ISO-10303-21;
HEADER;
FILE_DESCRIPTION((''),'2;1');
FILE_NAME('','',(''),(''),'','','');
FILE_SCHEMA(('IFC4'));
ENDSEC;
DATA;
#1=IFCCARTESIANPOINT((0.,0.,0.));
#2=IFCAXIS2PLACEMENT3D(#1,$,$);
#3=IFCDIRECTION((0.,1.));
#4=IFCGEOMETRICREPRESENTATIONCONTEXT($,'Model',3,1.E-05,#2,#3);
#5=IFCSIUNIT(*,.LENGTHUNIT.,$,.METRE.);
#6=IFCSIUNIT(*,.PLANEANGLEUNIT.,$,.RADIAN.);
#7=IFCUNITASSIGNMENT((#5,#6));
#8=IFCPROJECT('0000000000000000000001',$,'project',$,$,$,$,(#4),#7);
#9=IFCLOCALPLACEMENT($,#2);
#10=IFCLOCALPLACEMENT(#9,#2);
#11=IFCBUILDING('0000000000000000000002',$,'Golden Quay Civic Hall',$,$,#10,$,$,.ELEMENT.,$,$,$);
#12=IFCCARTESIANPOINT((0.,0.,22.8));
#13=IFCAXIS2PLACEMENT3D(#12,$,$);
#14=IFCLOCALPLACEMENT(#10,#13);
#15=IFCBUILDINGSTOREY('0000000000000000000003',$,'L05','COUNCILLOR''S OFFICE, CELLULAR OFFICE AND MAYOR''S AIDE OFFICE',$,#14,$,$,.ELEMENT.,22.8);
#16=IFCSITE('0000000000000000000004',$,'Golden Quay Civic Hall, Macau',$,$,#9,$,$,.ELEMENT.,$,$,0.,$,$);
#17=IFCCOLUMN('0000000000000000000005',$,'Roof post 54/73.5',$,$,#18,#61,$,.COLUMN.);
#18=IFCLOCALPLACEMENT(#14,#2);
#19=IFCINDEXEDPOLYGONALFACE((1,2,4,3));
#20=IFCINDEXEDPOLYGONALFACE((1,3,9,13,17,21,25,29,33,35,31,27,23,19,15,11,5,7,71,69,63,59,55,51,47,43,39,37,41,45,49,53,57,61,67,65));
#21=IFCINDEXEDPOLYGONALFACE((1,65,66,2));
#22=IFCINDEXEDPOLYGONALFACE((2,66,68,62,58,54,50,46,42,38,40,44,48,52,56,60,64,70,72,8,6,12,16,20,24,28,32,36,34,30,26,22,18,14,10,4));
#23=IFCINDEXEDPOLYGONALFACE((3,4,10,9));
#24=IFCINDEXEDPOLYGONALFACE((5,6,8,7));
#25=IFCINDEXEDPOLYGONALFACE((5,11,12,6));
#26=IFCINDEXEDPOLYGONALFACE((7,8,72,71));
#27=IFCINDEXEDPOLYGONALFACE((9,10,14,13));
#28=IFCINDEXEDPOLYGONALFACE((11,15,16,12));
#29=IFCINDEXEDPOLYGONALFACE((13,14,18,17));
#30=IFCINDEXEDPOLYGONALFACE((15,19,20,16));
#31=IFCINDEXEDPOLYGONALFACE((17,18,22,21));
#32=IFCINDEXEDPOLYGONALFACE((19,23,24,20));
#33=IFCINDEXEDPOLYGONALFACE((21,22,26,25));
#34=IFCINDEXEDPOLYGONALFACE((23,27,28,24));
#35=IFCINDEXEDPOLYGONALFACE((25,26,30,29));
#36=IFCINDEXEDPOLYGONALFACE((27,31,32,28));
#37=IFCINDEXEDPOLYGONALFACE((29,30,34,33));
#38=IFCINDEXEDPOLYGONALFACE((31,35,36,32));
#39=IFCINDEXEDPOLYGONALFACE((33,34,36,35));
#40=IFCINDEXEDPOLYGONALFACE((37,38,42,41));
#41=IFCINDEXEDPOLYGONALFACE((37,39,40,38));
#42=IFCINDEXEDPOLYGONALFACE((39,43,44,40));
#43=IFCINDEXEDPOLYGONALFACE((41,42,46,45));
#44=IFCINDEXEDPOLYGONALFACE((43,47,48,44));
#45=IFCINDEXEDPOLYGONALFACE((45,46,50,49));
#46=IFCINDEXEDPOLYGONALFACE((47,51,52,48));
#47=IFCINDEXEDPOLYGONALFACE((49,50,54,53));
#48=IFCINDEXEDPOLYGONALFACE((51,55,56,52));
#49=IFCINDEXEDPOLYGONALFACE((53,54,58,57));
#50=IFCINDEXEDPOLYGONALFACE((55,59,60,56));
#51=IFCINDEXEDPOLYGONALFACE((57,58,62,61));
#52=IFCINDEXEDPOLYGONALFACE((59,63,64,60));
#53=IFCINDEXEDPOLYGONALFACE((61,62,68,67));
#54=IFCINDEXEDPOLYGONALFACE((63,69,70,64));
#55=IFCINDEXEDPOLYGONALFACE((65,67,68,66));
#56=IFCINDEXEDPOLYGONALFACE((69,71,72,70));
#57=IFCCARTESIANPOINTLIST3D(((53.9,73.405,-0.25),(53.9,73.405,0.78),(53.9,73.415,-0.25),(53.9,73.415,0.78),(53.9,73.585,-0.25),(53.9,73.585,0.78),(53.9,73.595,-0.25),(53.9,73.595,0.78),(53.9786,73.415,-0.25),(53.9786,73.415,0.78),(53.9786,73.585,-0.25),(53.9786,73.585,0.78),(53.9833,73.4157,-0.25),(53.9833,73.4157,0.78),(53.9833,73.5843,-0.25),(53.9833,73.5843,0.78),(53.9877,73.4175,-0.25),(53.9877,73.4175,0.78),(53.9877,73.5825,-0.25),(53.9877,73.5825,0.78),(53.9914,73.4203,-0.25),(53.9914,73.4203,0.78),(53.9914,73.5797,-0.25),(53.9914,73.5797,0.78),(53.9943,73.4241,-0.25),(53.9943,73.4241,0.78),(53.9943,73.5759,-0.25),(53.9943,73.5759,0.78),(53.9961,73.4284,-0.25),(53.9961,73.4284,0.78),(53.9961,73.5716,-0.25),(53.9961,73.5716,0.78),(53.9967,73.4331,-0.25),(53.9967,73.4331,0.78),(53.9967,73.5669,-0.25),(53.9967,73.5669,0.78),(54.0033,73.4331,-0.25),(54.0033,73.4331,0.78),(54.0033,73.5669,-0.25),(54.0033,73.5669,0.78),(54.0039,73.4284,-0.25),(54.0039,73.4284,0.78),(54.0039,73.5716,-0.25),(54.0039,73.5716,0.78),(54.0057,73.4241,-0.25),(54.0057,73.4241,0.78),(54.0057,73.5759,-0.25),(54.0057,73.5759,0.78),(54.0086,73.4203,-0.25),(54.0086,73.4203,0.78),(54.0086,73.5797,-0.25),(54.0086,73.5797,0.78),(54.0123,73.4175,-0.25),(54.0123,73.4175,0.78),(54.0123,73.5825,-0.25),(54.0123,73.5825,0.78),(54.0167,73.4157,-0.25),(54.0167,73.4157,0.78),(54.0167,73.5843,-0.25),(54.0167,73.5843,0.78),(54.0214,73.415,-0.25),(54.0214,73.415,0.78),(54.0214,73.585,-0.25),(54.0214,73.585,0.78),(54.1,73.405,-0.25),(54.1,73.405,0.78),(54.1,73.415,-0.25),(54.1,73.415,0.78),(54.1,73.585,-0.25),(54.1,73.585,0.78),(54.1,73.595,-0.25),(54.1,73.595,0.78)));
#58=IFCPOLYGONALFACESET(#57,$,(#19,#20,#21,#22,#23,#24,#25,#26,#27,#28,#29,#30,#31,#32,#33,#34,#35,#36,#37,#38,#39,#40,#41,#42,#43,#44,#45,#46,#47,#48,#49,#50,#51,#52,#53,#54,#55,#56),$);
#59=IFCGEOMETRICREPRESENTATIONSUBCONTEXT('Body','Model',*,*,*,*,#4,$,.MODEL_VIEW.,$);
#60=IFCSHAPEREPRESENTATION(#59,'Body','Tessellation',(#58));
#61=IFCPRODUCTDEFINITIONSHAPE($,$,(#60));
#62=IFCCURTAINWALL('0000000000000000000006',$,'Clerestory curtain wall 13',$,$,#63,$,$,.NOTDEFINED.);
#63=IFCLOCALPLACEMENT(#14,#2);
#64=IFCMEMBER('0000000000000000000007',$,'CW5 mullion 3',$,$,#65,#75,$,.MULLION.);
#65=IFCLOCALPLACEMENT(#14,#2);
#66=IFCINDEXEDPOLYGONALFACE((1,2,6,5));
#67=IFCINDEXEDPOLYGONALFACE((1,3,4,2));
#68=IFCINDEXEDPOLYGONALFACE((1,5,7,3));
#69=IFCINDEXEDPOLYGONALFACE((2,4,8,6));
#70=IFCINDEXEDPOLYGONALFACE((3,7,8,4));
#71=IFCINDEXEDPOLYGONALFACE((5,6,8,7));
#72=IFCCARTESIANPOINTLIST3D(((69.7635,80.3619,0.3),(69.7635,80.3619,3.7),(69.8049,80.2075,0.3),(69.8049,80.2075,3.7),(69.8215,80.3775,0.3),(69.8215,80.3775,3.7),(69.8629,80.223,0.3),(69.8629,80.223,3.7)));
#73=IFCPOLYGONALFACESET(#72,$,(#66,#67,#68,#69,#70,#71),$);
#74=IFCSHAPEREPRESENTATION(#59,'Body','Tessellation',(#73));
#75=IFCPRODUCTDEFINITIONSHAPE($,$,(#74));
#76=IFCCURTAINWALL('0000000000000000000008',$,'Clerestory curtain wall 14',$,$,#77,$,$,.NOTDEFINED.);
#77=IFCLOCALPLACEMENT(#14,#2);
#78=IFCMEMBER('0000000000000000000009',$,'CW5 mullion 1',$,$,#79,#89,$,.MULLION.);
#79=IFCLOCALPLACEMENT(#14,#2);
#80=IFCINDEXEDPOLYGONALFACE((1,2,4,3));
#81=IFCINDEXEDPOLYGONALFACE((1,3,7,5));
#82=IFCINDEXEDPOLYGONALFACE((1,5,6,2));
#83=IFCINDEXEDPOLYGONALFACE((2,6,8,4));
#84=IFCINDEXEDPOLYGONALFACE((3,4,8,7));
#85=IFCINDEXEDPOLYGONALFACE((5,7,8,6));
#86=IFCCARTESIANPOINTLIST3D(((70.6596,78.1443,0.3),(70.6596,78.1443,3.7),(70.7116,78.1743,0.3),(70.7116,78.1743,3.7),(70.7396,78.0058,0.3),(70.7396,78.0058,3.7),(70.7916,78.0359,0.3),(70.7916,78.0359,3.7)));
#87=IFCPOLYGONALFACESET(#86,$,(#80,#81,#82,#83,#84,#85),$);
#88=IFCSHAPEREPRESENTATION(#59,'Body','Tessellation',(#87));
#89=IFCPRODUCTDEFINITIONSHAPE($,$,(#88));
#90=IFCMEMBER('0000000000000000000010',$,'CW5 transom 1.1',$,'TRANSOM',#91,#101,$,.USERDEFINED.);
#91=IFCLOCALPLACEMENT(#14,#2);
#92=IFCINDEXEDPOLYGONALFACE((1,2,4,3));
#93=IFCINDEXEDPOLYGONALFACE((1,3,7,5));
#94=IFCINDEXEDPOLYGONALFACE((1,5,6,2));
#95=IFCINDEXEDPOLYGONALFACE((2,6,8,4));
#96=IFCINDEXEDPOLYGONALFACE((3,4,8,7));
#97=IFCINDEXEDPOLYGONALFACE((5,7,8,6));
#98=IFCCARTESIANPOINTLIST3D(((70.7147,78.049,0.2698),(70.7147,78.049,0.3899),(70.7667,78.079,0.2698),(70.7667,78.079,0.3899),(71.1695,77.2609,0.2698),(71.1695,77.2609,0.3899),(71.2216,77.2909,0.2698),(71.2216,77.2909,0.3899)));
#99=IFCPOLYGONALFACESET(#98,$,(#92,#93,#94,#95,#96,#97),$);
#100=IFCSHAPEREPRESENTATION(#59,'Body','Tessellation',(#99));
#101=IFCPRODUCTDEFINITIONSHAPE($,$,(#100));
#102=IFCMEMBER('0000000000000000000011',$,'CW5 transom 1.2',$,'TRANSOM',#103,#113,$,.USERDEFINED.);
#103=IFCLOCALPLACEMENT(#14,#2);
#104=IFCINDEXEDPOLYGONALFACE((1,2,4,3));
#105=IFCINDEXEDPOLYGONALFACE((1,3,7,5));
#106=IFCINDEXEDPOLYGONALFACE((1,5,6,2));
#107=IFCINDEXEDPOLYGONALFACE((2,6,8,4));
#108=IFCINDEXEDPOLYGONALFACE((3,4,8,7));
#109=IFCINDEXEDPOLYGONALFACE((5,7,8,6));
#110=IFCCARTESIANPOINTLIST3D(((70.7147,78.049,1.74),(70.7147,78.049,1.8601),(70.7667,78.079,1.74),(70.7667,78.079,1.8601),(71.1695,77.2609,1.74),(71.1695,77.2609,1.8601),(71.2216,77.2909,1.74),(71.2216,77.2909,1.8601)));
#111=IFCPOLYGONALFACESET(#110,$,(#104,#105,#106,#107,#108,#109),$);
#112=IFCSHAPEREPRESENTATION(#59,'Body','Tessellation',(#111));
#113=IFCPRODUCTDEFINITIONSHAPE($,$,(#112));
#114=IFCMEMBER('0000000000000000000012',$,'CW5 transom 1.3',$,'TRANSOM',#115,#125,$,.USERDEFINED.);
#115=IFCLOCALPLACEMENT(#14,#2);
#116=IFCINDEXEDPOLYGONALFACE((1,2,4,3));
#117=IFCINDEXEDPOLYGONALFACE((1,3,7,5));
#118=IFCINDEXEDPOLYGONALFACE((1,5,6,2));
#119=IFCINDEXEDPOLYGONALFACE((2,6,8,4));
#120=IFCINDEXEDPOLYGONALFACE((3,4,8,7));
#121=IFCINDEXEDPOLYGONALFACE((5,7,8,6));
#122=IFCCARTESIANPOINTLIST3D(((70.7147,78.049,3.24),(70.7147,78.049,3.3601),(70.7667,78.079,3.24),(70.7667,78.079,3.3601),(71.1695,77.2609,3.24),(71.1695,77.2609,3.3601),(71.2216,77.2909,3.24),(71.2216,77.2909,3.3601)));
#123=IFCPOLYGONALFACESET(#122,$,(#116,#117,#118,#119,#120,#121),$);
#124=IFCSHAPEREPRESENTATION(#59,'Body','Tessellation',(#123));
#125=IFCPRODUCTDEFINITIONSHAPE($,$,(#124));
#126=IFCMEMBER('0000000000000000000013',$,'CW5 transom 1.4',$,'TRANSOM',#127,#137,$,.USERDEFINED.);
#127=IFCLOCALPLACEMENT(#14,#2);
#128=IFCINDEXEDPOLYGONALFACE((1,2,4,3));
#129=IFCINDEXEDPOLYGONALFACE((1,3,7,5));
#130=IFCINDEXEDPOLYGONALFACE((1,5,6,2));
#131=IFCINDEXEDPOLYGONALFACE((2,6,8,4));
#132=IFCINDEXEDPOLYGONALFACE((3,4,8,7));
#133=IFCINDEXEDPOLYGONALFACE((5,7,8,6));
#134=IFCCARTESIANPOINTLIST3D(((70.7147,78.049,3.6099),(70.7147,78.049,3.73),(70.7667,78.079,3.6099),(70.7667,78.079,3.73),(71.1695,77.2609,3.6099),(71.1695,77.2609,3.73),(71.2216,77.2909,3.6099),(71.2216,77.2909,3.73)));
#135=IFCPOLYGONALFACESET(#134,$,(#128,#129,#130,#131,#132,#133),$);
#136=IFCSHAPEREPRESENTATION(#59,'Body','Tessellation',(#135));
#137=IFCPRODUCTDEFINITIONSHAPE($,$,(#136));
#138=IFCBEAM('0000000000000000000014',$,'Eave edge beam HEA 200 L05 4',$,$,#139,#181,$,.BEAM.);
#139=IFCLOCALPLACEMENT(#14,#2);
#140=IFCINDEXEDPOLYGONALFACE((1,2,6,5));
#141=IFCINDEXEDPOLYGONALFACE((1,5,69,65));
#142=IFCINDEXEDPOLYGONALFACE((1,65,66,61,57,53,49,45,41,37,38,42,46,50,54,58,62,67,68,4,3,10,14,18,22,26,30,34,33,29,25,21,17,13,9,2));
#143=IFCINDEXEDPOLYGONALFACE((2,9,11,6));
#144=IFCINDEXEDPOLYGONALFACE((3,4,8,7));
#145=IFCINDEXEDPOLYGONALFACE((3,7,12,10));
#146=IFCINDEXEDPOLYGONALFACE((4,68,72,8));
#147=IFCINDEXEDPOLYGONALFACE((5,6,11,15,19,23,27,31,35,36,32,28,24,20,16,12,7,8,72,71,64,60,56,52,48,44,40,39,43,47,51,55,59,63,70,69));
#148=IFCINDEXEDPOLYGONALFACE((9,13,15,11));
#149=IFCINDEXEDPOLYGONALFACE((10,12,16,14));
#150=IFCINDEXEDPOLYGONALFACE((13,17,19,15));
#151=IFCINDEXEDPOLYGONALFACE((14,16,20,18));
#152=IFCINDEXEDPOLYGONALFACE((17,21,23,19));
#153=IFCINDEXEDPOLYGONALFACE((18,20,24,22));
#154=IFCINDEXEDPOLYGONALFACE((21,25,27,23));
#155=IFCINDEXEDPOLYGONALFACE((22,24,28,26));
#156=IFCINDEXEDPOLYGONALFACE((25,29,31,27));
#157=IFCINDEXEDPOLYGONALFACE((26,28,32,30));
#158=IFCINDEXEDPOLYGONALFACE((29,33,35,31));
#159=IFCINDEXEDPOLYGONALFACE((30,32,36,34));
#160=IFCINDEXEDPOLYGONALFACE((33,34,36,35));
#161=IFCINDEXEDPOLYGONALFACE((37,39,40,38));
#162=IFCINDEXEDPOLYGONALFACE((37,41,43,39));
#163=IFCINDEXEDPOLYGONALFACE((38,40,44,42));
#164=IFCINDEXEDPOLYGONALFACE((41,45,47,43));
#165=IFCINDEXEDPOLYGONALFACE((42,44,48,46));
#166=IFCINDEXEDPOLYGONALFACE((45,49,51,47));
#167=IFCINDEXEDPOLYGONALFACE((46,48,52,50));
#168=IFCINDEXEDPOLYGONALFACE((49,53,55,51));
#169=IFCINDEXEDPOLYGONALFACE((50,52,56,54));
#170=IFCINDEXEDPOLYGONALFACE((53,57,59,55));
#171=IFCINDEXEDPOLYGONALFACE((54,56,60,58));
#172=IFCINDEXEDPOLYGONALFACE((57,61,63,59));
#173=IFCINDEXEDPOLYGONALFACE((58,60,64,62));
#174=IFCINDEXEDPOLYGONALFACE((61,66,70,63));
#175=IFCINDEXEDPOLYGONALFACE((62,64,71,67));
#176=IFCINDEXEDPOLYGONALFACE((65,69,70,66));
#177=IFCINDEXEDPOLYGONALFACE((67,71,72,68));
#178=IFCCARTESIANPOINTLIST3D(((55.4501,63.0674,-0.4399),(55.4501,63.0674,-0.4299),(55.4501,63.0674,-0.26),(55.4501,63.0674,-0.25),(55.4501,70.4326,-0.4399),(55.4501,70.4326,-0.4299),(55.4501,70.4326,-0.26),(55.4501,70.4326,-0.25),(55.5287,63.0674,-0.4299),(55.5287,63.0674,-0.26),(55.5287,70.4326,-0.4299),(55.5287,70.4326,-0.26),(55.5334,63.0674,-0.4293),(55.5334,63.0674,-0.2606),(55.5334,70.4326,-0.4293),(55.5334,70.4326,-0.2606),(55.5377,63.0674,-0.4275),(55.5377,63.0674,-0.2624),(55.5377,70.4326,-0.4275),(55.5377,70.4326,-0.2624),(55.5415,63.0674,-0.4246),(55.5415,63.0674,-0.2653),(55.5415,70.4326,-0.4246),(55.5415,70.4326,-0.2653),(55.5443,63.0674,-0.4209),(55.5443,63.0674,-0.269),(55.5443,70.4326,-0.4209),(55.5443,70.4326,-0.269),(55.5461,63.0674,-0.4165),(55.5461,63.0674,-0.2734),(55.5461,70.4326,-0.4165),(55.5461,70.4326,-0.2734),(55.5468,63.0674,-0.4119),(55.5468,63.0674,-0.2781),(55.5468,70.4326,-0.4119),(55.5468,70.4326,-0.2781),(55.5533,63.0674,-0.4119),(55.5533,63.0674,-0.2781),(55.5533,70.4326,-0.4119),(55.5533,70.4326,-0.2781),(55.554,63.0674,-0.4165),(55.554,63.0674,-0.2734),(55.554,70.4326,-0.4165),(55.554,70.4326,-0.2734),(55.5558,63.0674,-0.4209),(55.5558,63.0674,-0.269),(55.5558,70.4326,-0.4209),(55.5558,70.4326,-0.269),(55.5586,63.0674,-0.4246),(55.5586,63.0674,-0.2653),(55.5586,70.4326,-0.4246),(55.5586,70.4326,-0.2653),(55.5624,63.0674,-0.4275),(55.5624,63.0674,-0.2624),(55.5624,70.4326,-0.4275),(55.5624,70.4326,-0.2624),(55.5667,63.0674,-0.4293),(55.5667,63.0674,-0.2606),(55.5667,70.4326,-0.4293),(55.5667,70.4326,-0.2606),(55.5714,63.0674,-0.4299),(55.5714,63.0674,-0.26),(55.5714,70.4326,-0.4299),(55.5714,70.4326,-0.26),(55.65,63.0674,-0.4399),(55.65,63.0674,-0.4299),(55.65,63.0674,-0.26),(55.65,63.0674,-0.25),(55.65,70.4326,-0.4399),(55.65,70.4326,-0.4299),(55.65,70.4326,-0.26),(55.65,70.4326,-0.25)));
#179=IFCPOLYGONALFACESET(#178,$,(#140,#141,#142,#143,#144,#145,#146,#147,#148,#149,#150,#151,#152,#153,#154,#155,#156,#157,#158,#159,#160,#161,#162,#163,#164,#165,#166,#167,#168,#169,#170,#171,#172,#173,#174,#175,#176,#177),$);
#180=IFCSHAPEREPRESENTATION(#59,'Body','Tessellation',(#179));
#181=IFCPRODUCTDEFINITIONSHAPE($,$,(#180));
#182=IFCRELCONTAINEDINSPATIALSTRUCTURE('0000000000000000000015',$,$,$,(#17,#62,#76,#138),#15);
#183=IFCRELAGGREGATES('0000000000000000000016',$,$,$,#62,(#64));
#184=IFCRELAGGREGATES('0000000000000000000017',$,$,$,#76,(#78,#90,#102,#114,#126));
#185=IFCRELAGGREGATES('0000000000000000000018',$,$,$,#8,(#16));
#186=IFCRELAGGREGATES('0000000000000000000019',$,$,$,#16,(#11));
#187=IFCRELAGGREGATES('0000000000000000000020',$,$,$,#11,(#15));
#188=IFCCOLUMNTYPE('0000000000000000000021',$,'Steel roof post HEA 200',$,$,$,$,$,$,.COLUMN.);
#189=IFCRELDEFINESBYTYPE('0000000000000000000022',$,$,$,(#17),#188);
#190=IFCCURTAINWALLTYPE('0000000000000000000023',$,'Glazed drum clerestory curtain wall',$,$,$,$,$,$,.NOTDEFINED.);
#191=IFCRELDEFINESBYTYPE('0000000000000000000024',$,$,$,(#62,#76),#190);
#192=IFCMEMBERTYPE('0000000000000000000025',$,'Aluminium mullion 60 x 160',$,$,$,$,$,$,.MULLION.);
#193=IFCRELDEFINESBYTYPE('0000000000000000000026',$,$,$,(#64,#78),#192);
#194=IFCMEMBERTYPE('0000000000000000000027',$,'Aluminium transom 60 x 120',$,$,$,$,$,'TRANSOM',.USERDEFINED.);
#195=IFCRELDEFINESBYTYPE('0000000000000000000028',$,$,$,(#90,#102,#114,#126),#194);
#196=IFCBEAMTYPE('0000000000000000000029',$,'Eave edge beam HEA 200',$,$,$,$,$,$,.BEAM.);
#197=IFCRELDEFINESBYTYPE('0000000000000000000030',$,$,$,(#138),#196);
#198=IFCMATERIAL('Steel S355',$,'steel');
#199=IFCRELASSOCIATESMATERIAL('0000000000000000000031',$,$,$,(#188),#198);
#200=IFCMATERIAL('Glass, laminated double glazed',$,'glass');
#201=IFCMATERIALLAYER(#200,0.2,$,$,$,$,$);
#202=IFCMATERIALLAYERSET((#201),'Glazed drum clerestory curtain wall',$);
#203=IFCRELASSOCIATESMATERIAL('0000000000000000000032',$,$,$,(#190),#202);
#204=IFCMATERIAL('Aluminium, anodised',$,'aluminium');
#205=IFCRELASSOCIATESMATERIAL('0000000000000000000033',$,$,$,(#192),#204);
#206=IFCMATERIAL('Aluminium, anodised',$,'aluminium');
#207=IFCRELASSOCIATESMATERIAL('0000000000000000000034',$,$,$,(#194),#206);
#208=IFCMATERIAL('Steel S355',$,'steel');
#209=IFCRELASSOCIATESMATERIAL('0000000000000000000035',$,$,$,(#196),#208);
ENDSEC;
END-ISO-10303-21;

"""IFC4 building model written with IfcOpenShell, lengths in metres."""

from ifc_helpers import new_model, si_unit, direction, frame, origin, origin_2d, place, context, subcontext, project, spatial, rectangle, i_section, extrude, material, layer, layer_set, material_profile, profile_set, type_object, element, aggregate, save


model = new_model("IFC4")

# Units and contexts
model_context = context("Model", 3, precision=1e-05, world=origin(), true_north=direction((0.0, 1.0)))
body_context = subcontext(model_context, "Body", "Model", "MODEL_VIEW")
ifc_project = project(units=[si_unit("LENGTHUNIT", "METRE"), si_unit("PLANEANGLEUNIT", "RADIAN")], contexts=[model_context])

# Site, building, storey
site_placement = place(None, origin())
site = spatial("IfcSite", under=ifc_project, at=site_placement, Name="Golden Quay Civic Hall, Macau", CompositionType="ELEMENT", RefElevation=0.0)
building_placement = place(site_placement, origin())
building = spatial("IfcBuilding", under=site, at=building_placement, Name="Golden Quay Civic Hall", CompositionType="ELEMENT")
storey_placement = place(building_placement, frame((0.0, 0.0, 22.8)))
storey = spatial("IfcBuildingStorey", under=building, at=storey_placement, Name="L05", Description="COUNCILLOR'S OFFICE, CELLULAR OFFICE AND MAYOR'S AIDE OFFICE", CompositionType="ELEMENT", Elevation=22.8)

# Column
ifc_material_1 = material(Name="Steel S355", Category="steel")
ifc_material_profile_1 = material_profile(ifc_material_1, i_section(OverallWidth=0.2, OverallDepth=0.1899, WebThickness=0.0066, FlangeThickness=0.01, FilletRadius=0.0181, at=origin_2d()), Name="HEA 200")
ifc_profile_set_1 = profile_set([ifc_material_profile_1], Name="Steel S355")
column_type = type_object("IfcColumnType", Name="Steel roof post HEA 200", PredefinedType="COLUMN", material=ifc_profile_set_1)
column_placement = place(storey_placement, frame((54.0, 73.5, -0.25), z_axis=(0.0, 0.0, 1.0), x_axis=(1.0, 0.0, 0.0)))
element("IfcColumn", 1, at=column_placement, inside=storey, type_object=column_type, Name="Roof post 54/73.5", PredefinedType="COLUMN", context=body_context, shape_type="SweptSolid", body=[
    extrude(i_section(OverallWidth=0.2, OverallDepth=0.1899, WebThickness=0.0066, FlangeThickness=0.01, FilletRadius=0.0181, at=origin_2d()), origin(), (0.0, 0.0, 1.0), 1.03),
])

# Curtain wall, member
ifc_material_2 = material(Name="Glass, laminated double glazed", Category="glass")
ifc_layer_1 = layer(ifc_material_2, 0.2)
ifc_layer_set_1 = layer_set([ifc_layer_1], Name="Glazed drum clerestory curtain wall")
curtain_wall_type = type_object("IfcCurtainWallType", Name="Glazed drum clerestory curtain wall", PredefinedType="NOTDEFINED", material=ifc_layer_set_1)
curtain_wall_1_placement = place(storey_placement, origin())
curtain_wall_1 = element("IfcCurtainWall", 2, at=curtain_wall_1_placement, inside=storey, type_object=curtain_wall_type, Name="Clerestory curtain wall 13", PredefinedType="NOTDEFINED")
ifc_material_3 = material(Name="Aluminium, anodised", Category="aluminium")
ifc_material_profile_2 = material_profile(ifc_material_3, rectangle(XDim=0.0601, YDim=0.1599, at=origin_2d()), Name="Aluminium 60 x 160")
ifc_profile_set_2 = profile_set([ifc_material_profile_2], Name="Aluminium, anodised")
member_type_1 = type_object("IfcMemberType", Name="Aluminium mullion 60 x 160", PredefinedType="MULLION", material=ifc_profile_set_2)
member_1_placement = place(storey_placement, frame((69.8132, 80.2925, 0.3), z_axis=(0.0, 0.0, 1.0), x_axis=(0.965929, 0.258808, 0.0)))
member_1 = element("IfcMember", 3, at=member_1_placement, type_object=member_type_1, Name="CW5 mullion 3", PredefinedType="MULLION", context=body_context, shape_type="SweptSolid", body=[
    extrude(rectangle(XDim=0.0601, YDim=0.1599, at=origin_2d()), origin(), (0.0, 0.0, 1.0), 3.3999),
])

# Curtain wall, members
curtain_wall_2_placement = place(storey_placement, origin())
curtain_wall_2 = element("IfcCurtainWall", 4, at=curtain_wall_2_placement, inside=storey, type_object=curtain_wall_type, Name="Clerestory curtain wall 14", PredefinedType="NOTDEFINED")
member_2_placement = place(storey_placement, frame((70.7256, 78.0901, 0.3), z_axis=(0.0, 0.0, 1.0), x_axis=(0.866019, 0.500011, 0.0)))
member_2 = element("IfcMember", 5, at=member_2_placement, type_object=member_type_1, Name="CW5 mullion 1", PredefinedType="MULLION", context=body_context, shape_type="SweptSolid", body=[
    extrude(rectangle(XDim=0.0601, YDim=0.1599, at=origin_2d()), origin(), (0.0, 0.0, 1.0), 3.3999),
])
ifc_material_4 = material(Name="Aluminium, anodised", Category="aluminium")
ifc_material_profile_3 = material_profile(ifc_material_4, rectangle(XDim=0.0601, YDim=0.1201, at=origin_2d()), Name="Aluminium 60 x 120")
ifc_profile_set_3 = profile_set([ifc_material_profile_3], Name="Aluminium, anodised")
member_type_2 = type_object("IfcMemberType", Name="Aluminium transom 60 x 120", ElementType="TRANSOM", PredefinedType="USERDEFINED", material=ifc_profile_set_3)
member_3_placement = place(storey_placement, frame((70.7407, 78.064, 0.3298), z_axis=(0.499862, -0.866105, 0.0), x_axis=(0.866105, 0.499862, 0.0)))
member_3 = element("IfcMember", 6, at=member_3_placement, type_object=member_type_2, Name="CW5 transom 1.1", ObjectType="TRANSOM", PredefinedType="USERDEFINED", context=body_context, shape_type="SweptSolid", body=[
    extrude(rectangle(XDim=0.0601, YDim=0.1201, at=origin_2d()), origin(), (0.0, 0.0, 1.0), 0.9099),
])
member_4_placement = place(storey_placement, frame((70.7407, 78.064, 1.8), z_axis=(0.499862, -0.866105, 0.0), x_axis=(0.866105, 0.499862, 0.0)))
member_4 = element("IfcMember", 7, at=member_4_placement, type_object=member_type_2, Name="CW5 transom 1.2", ObjectType="TRANSOM", PredefinedType="USERDEFINED", context=body_context, shape_type="SweptSolid", body=[
    extrude(rectangle(XDim=0.0601, YDim=0.1201, at=origin_2d()), origin(), (0.0, 0.0, 1.0), 0.9099),
])
member_5_placement = place(storey_placement, frame((70.7407, 78.064, 3.3), z_axis=(0.499862, -0.866105, 0.0), x_axis=(0.866105, 0.499862, 0.0)))
member_5 = element("IfcMember", 8, at=member_5_placement, type_object=member_type_2, Name="CW5 transom 1.3", ObjectType="TRANSOM", PredefinedType="USERDEFINED", context=body_context, shape_type="SweptSolid", body=[
    extrude(rectangle(XDim=0.0601, YDim=0.1201, at=origin_2d()), origin(), (0.0, 0.0, 1.0), 0.9099),
])
member_6_placement = place(storey_placement, frame((70.7407, 78.064, 3.6699), z_axis=(0.499862, -0.866105, 0.0), x_axis=(0.866105, 0.499862, 0.0)))
member_6 = element("IfcMember", 9, at=member_6_placement, type_object=member_type_2, Name="CW5 transom 1.4", ObjectType="TRANSOM", PredefinedType="USERDEFINED", context=body_context, shape_type="SweptSolid", body=[
    extrude(rectangle(XDim=0.0601, YDim=0.1201, at=origin_2d()), origin(), (0.0, 0.0, 1.0), 0.9099),
])

# Beam
ifc_material_5 = material(Name="Steel S355", Category="steel")
ifc_material_profile_4 = material_profile(ifc_material_5, i_section(OverallWidth=0.2, OverallDepth=0.1899, WebThickness=0.0066, FlangeThickness=0.01, FilletRadius=0.0181, at=origin_2d()), Name="HEA 200")
ifc_profile_set_4 = profile_set([ifc_material_profile_4], Name="Steel S355")
beam_type_1 = type_object("IfcBeamType", Name="Eave edge beam HEA 200", PredefinedType="BEAM", material=ifc_profile_set_4)
beam_1_placement = place(storey_placement, frame((55.55, 63.0674, -0.345), z_axis=(0.0, 1.0, 0.0), x_axis=(-1.0, 0.0, 0.0)))
element("IfcBeam", 10, at=beam_1_placement, inside=storey, type_object=beam_type_1, Name="Eave edge beam HEA 200 L05 4", PredefinedType="BEAM", context=body_context, shape_type="SweptSolid", body=[
    extrude(i_section(OverallWidth=0.2, OverallDepth=0.1899, WebThickness=0.0066, FlangeThickness=0.01, FilletRadius=0.0181, at=origin_2d()), origin(), (0.0, 0.0, 1.0), 7.3652),
])

aggregate(curtain_wall_1, [member_1])
aggregate(curtain_wall_2, [member_2, member_3, member_4, member_5, member_6])

save(model, "model.ifc")
